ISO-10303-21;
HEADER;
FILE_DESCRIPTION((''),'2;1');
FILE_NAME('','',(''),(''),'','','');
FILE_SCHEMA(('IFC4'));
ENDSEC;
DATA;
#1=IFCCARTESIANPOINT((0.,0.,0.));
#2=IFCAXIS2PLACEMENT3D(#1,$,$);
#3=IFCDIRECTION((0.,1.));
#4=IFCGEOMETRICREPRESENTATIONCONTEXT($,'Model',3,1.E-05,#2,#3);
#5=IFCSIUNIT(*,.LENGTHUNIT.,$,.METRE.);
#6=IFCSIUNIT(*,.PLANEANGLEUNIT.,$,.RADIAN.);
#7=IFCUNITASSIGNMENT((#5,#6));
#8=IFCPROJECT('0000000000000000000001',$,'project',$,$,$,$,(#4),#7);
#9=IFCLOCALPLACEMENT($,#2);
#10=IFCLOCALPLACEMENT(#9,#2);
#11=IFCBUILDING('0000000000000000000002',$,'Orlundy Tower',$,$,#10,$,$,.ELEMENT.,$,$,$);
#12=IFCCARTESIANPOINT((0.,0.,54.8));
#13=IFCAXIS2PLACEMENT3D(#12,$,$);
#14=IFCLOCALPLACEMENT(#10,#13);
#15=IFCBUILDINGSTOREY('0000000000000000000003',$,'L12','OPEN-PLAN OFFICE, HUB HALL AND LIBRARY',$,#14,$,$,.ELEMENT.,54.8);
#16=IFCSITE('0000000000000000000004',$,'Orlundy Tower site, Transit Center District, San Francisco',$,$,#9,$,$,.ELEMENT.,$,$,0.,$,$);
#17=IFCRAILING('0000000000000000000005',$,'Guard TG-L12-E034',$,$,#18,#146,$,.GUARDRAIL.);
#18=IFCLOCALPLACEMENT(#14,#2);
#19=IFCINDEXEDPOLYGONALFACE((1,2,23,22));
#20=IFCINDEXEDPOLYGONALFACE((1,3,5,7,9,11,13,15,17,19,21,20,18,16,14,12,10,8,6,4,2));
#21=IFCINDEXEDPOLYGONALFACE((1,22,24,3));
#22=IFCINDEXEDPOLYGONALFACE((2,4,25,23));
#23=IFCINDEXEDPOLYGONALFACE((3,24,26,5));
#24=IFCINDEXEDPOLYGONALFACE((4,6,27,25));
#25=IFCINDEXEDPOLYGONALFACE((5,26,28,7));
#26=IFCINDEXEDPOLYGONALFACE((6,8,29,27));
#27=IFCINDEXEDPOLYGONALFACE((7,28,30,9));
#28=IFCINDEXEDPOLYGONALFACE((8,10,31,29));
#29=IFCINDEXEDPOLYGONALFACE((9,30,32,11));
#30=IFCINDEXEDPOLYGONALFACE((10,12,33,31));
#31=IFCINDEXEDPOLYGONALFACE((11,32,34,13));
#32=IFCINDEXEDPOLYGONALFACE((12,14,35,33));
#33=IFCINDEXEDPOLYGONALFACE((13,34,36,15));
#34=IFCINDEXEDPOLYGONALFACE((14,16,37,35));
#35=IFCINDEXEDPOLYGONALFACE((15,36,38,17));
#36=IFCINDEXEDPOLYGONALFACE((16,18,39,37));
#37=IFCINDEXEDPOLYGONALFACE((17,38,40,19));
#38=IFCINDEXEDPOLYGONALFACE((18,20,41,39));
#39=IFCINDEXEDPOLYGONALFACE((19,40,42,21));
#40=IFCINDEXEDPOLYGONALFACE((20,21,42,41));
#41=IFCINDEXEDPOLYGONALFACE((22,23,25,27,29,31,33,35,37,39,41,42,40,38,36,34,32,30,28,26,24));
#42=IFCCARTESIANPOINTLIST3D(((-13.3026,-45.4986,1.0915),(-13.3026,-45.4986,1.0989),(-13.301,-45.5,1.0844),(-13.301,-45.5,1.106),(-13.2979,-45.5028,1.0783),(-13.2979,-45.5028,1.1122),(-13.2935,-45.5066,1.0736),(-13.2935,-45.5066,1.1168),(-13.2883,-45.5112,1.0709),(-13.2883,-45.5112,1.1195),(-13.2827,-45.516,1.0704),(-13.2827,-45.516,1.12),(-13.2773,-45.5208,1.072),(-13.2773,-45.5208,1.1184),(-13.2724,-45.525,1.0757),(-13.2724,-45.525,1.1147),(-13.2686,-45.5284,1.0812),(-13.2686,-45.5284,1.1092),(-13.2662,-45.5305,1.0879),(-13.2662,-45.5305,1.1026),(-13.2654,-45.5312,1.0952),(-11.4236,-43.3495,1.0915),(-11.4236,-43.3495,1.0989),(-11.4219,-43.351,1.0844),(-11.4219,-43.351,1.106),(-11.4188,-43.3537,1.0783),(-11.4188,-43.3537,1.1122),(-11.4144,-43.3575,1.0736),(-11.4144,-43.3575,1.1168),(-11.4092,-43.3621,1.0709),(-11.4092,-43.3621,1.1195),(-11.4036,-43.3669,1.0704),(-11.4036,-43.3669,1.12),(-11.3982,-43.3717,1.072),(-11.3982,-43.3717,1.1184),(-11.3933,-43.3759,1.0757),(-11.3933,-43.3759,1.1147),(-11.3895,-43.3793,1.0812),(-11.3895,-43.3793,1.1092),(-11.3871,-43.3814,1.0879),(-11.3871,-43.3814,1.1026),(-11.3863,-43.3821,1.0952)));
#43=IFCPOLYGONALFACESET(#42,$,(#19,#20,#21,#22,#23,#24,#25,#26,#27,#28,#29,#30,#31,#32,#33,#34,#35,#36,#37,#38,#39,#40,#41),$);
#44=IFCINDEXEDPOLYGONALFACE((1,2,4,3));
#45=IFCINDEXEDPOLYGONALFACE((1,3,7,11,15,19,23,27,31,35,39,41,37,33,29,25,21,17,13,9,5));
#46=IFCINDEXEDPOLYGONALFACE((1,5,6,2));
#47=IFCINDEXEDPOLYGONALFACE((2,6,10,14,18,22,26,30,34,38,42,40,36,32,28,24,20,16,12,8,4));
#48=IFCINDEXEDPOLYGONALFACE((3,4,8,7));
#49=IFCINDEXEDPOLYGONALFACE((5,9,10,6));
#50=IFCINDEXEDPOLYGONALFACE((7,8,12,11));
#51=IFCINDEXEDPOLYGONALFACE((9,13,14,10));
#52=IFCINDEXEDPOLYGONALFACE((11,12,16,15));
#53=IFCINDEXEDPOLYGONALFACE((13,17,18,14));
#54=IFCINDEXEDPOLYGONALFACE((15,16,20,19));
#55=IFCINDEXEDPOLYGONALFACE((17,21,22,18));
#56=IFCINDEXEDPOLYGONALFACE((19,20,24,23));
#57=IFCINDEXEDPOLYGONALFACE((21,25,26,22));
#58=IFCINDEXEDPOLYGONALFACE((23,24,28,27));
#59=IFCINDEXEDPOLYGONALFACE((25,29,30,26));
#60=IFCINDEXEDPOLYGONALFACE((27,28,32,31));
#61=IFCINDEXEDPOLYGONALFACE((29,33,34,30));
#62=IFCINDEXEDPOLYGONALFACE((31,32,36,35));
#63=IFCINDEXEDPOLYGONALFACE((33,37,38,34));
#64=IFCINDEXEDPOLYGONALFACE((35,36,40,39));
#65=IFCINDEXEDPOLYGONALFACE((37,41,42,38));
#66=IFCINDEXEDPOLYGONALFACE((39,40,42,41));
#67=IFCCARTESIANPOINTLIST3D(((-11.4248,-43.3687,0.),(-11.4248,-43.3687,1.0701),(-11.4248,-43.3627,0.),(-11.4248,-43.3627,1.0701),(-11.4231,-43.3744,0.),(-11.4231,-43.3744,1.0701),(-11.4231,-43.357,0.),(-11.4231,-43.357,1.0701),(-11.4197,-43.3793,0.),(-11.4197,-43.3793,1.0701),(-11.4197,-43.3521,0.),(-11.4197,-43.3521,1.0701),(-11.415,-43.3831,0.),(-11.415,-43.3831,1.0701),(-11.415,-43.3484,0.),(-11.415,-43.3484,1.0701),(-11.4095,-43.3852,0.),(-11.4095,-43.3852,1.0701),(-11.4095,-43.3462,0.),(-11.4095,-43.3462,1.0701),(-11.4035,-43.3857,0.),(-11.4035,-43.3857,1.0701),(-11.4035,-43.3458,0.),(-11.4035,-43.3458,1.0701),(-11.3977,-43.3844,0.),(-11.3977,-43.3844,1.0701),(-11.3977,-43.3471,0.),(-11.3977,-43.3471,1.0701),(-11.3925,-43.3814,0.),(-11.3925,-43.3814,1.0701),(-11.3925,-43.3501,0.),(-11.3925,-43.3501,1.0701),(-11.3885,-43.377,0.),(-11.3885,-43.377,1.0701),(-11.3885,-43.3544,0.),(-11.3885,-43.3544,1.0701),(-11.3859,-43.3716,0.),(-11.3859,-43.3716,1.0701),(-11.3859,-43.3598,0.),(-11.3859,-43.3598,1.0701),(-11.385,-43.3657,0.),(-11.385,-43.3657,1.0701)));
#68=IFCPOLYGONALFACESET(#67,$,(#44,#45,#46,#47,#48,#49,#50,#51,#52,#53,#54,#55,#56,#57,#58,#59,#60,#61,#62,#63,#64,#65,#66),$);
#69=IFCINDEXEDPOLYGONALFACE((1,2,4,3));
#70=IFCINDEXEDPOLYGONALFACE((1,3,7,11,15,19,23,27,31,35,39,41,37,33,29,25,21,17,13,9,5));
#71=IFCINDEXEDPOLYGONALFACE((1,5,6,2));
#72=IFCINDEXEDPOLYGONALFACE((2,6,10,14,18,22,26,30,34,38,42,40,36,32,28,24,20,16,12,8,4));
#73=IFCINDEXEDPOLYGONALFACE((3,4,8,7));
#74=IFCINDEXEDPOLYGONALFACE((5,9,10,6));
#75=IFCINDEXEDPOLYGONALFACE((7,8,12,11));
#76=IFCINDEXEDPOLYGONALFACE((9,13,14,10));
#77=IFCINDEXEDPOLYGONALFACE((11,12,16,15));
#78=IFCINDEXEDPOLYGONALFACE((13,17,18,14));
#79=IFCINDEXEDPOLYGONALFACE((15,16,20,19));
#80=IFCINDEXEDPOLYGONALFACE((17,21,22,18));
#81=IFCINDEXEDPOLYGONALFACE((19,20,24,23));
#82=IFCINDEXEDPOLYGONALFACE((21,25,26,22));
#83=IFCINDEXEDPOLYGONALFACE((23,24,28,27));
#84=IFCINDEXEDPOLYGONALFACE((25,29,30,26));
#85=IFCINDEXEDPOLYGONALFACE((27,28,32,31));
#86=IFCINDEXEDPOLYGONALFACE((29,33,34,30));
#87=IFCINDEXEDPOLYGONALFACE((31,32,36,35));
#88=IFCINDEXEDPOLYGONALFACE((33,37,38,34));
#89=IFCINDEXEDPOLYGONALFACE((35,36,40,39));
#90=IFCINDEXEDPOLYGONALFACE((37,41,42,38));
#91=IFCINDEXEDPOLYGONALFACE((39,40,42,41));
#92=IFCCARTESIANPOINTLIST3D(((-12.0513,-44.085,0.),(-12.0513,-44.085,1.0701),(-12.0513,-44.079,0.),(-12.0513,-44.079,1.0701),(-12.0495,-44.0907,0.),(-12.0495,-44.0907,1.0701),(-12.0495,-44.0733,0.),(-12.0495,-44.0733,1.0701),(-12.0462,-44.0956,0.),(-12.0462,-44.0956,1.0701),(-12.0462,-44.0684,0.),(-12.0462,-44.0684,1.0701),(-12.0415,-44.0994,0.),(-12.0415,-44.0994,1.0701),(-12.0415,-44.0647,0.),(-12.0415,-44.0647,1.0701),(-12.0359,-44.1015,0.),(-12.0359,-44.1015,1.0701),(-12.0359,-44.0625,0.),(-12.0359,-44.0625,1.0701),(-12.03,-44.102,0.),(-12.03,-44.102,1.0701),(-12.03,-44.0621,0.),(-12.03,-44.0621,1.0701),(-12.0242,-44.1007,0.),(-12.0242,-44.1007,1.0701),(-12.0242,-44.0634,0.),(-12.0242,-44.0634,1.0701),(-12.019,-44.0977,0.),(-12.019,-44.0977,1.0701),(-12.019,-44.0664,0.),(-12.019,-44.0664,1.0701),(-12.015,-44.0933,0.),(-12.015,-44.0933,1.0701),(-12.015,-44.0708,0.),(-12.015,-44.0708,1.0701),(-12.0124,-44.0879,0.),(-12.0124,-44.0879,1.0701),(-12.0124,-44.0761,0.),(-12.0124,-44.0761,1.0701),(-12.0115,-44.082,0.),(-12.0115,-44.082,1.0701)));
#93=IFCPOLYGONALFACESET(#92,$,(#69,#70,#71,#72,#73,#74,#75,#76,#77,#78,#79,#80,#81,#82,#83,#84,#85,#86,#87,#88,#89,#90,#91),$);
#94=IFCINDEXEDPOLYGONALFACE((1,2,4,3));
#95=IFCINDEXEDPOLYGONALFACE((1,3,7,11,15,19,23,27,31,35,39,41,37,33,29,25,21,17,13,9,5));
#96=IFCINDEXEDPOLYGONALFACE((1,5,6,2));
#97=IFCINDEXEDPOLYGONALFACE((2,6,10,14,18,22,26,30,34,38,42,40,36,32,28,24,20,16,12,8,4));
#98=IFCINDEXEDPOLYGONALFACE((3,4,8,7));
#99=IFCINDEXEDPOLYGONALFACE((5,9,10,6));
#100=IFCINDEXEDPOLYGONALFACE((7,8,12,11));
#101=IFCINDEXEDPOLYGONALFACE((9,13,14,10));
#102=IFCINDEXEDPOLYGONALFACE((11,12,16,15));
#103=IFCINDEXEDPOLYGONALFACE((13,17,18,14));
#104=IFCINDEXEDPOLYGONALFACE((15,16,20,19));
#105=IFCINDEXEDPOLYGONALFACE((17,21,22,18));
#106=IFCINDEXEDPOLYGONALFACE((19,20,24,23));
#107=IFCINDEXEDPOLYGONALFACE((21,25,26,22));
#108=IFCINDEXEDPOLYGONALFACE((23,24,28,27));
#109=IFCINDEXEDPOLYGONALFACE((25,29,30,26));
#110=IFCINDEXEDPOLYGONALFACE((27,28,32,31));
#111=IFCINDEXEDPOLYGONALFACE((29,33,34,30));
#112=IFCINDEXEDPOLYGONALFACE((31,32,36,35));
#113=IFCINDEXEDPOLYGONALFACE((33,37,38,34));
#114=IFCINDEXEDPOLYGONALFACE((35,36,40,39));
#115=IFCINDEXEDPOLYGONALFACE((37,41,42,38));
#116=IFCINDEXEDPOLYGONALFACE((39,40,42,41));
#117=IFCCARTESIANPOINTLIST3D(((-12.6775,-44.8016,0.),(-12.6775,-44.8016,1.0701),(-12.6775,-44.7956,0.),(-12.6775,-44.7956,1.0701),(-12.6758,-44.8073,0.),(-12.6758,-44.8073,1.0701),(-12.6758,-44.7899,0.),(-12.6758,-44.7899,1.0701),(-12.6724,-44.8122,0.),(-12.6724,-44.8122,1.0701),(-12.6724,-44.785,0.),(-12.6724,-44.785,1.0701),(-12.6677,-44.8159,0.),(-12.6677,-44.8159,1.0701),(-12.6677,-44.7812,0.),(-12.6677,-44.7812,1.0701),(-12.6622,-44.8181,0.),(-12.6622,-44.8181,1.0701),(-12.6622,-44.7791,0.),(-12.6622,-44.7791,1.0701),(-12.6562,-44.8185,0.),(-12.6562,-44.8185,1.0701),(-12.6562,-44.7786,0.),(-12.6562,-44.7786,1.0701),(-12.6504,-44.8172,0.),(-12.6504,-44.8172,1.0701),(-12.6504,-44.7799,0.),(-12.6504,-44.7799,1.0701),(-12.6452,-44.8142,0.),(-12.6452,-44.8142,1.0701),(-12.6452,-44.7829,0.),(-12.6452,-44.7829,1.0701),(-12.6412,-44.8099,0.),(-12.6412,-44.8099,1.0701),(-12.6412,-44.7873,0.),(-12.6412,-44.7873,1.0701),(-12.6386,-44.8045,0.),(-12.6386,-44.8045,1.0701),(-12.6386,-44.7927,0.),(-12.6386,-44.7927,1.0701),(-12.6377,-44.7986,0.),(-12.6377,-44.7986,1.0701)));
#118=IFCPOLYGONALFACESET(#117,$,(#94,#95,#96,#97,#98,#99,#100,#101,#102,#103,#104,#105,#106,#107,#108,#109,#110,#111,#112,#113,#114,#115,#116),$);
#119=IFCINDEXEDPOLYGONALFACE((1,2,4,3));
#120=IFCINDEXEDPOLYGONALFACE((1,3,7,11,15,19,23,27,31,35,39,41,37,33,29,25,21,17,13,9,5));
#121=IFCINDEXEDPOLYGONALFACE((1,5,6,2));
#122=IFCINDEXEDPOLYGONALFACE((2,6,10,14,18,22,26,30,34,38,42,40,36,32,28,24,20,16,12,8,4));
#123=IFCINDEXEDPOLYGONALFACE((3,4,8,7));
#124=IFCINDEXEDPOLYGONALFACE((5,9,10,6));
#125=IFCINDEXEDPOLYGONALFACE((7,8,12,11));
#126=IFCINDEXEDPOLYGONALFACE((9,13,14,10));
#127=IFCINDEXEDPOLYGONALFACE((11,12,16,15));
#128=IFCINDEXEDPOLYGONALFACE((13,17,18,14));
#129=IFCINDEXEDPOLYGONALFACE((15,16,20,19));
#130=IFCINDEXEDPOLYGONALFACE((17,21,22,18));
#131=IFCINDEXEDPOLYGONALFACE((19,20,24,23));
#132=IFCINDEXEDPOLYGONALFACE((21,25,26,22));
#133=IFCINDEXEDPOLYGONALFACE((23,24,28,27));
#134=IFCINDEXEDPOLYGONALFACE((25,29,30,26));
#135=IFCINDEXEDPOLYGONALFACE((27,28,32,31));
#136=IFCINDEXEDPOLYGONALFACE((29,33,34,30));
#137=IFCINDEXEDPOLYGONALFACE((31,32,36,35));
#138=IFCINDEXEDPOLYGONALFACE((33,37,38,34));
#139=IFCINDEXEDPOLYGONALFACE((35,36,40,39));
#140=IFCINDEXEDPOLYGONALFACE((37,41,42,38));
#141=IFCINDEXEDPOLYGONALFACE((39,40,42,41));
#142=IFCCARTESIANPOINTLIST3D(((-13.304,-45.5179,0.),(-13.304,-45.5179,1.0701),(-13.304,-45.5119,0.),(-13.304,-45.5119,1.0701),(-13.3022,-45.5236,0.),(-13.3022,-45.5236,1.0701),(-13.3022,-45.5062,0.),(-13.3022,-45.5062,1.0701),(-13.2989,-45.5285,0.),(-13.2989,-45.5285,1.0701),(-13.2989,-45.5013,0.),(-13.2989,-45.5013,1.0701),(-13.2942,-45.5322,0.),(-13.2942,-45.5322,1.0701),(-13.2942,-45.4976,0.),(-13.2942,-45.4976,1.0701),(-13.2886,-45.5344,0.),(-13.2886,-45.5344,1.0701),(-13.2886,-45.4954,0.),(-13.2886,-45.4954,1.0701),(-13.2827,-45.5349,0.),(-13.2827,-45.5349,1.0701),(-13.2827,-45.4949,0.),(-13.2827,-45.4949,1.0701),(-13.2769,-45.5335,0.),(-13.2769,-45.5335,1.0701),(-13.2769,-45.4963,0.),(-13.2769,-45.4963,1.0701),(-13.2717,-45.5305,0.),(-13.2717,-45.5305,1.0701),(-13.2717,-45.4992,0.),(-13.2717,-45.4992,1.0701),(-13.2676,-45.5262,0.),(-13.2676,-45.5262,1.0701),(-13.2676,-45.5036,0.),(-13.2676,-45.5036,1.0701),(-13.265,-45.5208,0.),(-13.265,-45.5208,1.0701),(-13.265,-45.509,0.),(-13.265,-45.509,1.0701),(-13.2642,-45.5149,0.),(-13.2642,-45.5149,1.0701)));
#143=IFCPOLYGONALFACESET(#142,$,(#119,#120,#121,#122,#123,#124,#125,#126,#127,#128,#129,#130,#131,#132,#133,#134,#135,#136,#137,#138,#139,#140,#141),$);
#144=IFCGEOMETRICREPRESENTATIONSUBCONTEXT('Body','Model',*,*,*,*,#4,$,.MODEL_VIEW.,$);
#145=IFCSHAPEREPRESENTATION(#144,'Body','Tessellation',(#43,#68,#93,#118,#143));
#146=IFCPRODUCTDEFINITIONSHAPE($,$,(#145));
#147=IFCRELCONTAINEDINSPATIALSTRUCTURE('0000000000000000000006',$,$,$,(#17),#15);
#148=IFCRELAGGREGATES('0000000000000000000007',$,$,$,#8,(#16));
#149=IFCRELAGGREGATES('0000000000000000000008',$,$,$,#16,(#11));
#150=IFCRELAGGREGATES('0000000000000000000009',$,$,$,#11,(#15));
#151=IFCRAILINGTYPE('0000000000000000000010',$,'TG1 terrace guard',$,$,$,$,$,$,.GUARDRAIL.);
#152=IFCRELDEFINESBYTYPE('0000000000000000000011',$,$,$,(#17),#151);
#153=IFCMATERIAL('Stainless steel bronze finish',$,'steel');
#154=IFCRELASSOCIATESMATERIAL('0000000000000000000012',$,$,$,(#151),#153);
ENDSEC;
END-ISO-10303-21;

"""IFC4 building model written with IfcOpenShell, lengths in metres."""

from ifc_helpers import new_model, si_unit, direction, frame, origin, origin_2d, place, context, subcontext, project, spatial, circle, extrude, material, type_object, element, save


model = new_model("IFC4")

# Units and contexts
model_context = context("Model", 3, precision=1e-05, world=origin(), true_north=direction((0.0, 1.0)))
body_context = subcontext(model_context, "Body", "Model", "MODEL_VIEW")
ifc_project = project(units=[si_unit("LENGTHUNIT", "METRE"), si_unit("PLANEANGLEUNIT", "RADIAN")], contexts=[model_context])

# Site, building, storey
site_placement = place(None, origin())
site = spatial("IfcSite", under=ifc_project, at=site_placement, Name="Orlundy Tower site, Transit Center District, San Francisco", CompositionType="ELEMENT", RefElevation=0.0)
building_placement = place(site_placement, origin())
building = spatial("IfcBuilding", under=site, at=building_placement, Name="Orlundy Tower", CompositionType="ELEMENT")
storey_placement = place(building_placement, frame((0.0, 0.0, 54.8)))
storey = spatial("IfcBuildingStorey", under=building, at=storey_placement, Name="L12", Description="OPEN-PLAN OFFICE, HUB HALL AND LIBRARY", CompositionType="ELEMENT", Elevation=54.8)

# Railing
ifc_material_1 = material(Name="Stainless steel bronze finish", Category="steel")
railing_type = type_object("IfcRailingType", Name="TG1 terrace guard", PredefinedType="GUARDRAIL", material=ifc_material_1)
railing_1_placement = place(storey_placement, frame((-11.405, -43.3657, 0.0)))
element("IfcRailing", 1, at=railing_1_placement, inside=storey, type_object=railing_type, Name="Guard TG-L12-E034", PredefinedType="GUARDRAIL", context=body_context, shape_type="SweptSolid", body=[
    extrude(circle(Radius=0.0249, at=origin_2d()), frame((0.0, 0.0, 1.0952), z_axis=(-0.658232, -0.752815, 0.0), x_axis=(0.752815, -0.658232, 0.0)), (0.0, 0.0, 1.0), 2.8547),
    extrude(circle(Radius=0.02, at=origin_2d()), origin(), (0.0, 0.0, 1.0), 1.0701),
    extrude(circle(Radius=0.02, at=origin_2d()), frame((-0.6265, -0.7163, 0.0)), (0.0, 0.0, 1.0), 1.0701),
    extrude(circle(Radius=0.02, at=origin_2d()), frame((-1.2527, -1.4329, 0.0)), (0.0, 0.0, 1.0), 1.0701),
    extrude(circle(Radius=0.02, at=origin_2d()), frame((-1.8792, -2.1492, 0.0)), (0.0, 0.0, 1.0), 1.0701),
])

save(model, "model.ifc")
